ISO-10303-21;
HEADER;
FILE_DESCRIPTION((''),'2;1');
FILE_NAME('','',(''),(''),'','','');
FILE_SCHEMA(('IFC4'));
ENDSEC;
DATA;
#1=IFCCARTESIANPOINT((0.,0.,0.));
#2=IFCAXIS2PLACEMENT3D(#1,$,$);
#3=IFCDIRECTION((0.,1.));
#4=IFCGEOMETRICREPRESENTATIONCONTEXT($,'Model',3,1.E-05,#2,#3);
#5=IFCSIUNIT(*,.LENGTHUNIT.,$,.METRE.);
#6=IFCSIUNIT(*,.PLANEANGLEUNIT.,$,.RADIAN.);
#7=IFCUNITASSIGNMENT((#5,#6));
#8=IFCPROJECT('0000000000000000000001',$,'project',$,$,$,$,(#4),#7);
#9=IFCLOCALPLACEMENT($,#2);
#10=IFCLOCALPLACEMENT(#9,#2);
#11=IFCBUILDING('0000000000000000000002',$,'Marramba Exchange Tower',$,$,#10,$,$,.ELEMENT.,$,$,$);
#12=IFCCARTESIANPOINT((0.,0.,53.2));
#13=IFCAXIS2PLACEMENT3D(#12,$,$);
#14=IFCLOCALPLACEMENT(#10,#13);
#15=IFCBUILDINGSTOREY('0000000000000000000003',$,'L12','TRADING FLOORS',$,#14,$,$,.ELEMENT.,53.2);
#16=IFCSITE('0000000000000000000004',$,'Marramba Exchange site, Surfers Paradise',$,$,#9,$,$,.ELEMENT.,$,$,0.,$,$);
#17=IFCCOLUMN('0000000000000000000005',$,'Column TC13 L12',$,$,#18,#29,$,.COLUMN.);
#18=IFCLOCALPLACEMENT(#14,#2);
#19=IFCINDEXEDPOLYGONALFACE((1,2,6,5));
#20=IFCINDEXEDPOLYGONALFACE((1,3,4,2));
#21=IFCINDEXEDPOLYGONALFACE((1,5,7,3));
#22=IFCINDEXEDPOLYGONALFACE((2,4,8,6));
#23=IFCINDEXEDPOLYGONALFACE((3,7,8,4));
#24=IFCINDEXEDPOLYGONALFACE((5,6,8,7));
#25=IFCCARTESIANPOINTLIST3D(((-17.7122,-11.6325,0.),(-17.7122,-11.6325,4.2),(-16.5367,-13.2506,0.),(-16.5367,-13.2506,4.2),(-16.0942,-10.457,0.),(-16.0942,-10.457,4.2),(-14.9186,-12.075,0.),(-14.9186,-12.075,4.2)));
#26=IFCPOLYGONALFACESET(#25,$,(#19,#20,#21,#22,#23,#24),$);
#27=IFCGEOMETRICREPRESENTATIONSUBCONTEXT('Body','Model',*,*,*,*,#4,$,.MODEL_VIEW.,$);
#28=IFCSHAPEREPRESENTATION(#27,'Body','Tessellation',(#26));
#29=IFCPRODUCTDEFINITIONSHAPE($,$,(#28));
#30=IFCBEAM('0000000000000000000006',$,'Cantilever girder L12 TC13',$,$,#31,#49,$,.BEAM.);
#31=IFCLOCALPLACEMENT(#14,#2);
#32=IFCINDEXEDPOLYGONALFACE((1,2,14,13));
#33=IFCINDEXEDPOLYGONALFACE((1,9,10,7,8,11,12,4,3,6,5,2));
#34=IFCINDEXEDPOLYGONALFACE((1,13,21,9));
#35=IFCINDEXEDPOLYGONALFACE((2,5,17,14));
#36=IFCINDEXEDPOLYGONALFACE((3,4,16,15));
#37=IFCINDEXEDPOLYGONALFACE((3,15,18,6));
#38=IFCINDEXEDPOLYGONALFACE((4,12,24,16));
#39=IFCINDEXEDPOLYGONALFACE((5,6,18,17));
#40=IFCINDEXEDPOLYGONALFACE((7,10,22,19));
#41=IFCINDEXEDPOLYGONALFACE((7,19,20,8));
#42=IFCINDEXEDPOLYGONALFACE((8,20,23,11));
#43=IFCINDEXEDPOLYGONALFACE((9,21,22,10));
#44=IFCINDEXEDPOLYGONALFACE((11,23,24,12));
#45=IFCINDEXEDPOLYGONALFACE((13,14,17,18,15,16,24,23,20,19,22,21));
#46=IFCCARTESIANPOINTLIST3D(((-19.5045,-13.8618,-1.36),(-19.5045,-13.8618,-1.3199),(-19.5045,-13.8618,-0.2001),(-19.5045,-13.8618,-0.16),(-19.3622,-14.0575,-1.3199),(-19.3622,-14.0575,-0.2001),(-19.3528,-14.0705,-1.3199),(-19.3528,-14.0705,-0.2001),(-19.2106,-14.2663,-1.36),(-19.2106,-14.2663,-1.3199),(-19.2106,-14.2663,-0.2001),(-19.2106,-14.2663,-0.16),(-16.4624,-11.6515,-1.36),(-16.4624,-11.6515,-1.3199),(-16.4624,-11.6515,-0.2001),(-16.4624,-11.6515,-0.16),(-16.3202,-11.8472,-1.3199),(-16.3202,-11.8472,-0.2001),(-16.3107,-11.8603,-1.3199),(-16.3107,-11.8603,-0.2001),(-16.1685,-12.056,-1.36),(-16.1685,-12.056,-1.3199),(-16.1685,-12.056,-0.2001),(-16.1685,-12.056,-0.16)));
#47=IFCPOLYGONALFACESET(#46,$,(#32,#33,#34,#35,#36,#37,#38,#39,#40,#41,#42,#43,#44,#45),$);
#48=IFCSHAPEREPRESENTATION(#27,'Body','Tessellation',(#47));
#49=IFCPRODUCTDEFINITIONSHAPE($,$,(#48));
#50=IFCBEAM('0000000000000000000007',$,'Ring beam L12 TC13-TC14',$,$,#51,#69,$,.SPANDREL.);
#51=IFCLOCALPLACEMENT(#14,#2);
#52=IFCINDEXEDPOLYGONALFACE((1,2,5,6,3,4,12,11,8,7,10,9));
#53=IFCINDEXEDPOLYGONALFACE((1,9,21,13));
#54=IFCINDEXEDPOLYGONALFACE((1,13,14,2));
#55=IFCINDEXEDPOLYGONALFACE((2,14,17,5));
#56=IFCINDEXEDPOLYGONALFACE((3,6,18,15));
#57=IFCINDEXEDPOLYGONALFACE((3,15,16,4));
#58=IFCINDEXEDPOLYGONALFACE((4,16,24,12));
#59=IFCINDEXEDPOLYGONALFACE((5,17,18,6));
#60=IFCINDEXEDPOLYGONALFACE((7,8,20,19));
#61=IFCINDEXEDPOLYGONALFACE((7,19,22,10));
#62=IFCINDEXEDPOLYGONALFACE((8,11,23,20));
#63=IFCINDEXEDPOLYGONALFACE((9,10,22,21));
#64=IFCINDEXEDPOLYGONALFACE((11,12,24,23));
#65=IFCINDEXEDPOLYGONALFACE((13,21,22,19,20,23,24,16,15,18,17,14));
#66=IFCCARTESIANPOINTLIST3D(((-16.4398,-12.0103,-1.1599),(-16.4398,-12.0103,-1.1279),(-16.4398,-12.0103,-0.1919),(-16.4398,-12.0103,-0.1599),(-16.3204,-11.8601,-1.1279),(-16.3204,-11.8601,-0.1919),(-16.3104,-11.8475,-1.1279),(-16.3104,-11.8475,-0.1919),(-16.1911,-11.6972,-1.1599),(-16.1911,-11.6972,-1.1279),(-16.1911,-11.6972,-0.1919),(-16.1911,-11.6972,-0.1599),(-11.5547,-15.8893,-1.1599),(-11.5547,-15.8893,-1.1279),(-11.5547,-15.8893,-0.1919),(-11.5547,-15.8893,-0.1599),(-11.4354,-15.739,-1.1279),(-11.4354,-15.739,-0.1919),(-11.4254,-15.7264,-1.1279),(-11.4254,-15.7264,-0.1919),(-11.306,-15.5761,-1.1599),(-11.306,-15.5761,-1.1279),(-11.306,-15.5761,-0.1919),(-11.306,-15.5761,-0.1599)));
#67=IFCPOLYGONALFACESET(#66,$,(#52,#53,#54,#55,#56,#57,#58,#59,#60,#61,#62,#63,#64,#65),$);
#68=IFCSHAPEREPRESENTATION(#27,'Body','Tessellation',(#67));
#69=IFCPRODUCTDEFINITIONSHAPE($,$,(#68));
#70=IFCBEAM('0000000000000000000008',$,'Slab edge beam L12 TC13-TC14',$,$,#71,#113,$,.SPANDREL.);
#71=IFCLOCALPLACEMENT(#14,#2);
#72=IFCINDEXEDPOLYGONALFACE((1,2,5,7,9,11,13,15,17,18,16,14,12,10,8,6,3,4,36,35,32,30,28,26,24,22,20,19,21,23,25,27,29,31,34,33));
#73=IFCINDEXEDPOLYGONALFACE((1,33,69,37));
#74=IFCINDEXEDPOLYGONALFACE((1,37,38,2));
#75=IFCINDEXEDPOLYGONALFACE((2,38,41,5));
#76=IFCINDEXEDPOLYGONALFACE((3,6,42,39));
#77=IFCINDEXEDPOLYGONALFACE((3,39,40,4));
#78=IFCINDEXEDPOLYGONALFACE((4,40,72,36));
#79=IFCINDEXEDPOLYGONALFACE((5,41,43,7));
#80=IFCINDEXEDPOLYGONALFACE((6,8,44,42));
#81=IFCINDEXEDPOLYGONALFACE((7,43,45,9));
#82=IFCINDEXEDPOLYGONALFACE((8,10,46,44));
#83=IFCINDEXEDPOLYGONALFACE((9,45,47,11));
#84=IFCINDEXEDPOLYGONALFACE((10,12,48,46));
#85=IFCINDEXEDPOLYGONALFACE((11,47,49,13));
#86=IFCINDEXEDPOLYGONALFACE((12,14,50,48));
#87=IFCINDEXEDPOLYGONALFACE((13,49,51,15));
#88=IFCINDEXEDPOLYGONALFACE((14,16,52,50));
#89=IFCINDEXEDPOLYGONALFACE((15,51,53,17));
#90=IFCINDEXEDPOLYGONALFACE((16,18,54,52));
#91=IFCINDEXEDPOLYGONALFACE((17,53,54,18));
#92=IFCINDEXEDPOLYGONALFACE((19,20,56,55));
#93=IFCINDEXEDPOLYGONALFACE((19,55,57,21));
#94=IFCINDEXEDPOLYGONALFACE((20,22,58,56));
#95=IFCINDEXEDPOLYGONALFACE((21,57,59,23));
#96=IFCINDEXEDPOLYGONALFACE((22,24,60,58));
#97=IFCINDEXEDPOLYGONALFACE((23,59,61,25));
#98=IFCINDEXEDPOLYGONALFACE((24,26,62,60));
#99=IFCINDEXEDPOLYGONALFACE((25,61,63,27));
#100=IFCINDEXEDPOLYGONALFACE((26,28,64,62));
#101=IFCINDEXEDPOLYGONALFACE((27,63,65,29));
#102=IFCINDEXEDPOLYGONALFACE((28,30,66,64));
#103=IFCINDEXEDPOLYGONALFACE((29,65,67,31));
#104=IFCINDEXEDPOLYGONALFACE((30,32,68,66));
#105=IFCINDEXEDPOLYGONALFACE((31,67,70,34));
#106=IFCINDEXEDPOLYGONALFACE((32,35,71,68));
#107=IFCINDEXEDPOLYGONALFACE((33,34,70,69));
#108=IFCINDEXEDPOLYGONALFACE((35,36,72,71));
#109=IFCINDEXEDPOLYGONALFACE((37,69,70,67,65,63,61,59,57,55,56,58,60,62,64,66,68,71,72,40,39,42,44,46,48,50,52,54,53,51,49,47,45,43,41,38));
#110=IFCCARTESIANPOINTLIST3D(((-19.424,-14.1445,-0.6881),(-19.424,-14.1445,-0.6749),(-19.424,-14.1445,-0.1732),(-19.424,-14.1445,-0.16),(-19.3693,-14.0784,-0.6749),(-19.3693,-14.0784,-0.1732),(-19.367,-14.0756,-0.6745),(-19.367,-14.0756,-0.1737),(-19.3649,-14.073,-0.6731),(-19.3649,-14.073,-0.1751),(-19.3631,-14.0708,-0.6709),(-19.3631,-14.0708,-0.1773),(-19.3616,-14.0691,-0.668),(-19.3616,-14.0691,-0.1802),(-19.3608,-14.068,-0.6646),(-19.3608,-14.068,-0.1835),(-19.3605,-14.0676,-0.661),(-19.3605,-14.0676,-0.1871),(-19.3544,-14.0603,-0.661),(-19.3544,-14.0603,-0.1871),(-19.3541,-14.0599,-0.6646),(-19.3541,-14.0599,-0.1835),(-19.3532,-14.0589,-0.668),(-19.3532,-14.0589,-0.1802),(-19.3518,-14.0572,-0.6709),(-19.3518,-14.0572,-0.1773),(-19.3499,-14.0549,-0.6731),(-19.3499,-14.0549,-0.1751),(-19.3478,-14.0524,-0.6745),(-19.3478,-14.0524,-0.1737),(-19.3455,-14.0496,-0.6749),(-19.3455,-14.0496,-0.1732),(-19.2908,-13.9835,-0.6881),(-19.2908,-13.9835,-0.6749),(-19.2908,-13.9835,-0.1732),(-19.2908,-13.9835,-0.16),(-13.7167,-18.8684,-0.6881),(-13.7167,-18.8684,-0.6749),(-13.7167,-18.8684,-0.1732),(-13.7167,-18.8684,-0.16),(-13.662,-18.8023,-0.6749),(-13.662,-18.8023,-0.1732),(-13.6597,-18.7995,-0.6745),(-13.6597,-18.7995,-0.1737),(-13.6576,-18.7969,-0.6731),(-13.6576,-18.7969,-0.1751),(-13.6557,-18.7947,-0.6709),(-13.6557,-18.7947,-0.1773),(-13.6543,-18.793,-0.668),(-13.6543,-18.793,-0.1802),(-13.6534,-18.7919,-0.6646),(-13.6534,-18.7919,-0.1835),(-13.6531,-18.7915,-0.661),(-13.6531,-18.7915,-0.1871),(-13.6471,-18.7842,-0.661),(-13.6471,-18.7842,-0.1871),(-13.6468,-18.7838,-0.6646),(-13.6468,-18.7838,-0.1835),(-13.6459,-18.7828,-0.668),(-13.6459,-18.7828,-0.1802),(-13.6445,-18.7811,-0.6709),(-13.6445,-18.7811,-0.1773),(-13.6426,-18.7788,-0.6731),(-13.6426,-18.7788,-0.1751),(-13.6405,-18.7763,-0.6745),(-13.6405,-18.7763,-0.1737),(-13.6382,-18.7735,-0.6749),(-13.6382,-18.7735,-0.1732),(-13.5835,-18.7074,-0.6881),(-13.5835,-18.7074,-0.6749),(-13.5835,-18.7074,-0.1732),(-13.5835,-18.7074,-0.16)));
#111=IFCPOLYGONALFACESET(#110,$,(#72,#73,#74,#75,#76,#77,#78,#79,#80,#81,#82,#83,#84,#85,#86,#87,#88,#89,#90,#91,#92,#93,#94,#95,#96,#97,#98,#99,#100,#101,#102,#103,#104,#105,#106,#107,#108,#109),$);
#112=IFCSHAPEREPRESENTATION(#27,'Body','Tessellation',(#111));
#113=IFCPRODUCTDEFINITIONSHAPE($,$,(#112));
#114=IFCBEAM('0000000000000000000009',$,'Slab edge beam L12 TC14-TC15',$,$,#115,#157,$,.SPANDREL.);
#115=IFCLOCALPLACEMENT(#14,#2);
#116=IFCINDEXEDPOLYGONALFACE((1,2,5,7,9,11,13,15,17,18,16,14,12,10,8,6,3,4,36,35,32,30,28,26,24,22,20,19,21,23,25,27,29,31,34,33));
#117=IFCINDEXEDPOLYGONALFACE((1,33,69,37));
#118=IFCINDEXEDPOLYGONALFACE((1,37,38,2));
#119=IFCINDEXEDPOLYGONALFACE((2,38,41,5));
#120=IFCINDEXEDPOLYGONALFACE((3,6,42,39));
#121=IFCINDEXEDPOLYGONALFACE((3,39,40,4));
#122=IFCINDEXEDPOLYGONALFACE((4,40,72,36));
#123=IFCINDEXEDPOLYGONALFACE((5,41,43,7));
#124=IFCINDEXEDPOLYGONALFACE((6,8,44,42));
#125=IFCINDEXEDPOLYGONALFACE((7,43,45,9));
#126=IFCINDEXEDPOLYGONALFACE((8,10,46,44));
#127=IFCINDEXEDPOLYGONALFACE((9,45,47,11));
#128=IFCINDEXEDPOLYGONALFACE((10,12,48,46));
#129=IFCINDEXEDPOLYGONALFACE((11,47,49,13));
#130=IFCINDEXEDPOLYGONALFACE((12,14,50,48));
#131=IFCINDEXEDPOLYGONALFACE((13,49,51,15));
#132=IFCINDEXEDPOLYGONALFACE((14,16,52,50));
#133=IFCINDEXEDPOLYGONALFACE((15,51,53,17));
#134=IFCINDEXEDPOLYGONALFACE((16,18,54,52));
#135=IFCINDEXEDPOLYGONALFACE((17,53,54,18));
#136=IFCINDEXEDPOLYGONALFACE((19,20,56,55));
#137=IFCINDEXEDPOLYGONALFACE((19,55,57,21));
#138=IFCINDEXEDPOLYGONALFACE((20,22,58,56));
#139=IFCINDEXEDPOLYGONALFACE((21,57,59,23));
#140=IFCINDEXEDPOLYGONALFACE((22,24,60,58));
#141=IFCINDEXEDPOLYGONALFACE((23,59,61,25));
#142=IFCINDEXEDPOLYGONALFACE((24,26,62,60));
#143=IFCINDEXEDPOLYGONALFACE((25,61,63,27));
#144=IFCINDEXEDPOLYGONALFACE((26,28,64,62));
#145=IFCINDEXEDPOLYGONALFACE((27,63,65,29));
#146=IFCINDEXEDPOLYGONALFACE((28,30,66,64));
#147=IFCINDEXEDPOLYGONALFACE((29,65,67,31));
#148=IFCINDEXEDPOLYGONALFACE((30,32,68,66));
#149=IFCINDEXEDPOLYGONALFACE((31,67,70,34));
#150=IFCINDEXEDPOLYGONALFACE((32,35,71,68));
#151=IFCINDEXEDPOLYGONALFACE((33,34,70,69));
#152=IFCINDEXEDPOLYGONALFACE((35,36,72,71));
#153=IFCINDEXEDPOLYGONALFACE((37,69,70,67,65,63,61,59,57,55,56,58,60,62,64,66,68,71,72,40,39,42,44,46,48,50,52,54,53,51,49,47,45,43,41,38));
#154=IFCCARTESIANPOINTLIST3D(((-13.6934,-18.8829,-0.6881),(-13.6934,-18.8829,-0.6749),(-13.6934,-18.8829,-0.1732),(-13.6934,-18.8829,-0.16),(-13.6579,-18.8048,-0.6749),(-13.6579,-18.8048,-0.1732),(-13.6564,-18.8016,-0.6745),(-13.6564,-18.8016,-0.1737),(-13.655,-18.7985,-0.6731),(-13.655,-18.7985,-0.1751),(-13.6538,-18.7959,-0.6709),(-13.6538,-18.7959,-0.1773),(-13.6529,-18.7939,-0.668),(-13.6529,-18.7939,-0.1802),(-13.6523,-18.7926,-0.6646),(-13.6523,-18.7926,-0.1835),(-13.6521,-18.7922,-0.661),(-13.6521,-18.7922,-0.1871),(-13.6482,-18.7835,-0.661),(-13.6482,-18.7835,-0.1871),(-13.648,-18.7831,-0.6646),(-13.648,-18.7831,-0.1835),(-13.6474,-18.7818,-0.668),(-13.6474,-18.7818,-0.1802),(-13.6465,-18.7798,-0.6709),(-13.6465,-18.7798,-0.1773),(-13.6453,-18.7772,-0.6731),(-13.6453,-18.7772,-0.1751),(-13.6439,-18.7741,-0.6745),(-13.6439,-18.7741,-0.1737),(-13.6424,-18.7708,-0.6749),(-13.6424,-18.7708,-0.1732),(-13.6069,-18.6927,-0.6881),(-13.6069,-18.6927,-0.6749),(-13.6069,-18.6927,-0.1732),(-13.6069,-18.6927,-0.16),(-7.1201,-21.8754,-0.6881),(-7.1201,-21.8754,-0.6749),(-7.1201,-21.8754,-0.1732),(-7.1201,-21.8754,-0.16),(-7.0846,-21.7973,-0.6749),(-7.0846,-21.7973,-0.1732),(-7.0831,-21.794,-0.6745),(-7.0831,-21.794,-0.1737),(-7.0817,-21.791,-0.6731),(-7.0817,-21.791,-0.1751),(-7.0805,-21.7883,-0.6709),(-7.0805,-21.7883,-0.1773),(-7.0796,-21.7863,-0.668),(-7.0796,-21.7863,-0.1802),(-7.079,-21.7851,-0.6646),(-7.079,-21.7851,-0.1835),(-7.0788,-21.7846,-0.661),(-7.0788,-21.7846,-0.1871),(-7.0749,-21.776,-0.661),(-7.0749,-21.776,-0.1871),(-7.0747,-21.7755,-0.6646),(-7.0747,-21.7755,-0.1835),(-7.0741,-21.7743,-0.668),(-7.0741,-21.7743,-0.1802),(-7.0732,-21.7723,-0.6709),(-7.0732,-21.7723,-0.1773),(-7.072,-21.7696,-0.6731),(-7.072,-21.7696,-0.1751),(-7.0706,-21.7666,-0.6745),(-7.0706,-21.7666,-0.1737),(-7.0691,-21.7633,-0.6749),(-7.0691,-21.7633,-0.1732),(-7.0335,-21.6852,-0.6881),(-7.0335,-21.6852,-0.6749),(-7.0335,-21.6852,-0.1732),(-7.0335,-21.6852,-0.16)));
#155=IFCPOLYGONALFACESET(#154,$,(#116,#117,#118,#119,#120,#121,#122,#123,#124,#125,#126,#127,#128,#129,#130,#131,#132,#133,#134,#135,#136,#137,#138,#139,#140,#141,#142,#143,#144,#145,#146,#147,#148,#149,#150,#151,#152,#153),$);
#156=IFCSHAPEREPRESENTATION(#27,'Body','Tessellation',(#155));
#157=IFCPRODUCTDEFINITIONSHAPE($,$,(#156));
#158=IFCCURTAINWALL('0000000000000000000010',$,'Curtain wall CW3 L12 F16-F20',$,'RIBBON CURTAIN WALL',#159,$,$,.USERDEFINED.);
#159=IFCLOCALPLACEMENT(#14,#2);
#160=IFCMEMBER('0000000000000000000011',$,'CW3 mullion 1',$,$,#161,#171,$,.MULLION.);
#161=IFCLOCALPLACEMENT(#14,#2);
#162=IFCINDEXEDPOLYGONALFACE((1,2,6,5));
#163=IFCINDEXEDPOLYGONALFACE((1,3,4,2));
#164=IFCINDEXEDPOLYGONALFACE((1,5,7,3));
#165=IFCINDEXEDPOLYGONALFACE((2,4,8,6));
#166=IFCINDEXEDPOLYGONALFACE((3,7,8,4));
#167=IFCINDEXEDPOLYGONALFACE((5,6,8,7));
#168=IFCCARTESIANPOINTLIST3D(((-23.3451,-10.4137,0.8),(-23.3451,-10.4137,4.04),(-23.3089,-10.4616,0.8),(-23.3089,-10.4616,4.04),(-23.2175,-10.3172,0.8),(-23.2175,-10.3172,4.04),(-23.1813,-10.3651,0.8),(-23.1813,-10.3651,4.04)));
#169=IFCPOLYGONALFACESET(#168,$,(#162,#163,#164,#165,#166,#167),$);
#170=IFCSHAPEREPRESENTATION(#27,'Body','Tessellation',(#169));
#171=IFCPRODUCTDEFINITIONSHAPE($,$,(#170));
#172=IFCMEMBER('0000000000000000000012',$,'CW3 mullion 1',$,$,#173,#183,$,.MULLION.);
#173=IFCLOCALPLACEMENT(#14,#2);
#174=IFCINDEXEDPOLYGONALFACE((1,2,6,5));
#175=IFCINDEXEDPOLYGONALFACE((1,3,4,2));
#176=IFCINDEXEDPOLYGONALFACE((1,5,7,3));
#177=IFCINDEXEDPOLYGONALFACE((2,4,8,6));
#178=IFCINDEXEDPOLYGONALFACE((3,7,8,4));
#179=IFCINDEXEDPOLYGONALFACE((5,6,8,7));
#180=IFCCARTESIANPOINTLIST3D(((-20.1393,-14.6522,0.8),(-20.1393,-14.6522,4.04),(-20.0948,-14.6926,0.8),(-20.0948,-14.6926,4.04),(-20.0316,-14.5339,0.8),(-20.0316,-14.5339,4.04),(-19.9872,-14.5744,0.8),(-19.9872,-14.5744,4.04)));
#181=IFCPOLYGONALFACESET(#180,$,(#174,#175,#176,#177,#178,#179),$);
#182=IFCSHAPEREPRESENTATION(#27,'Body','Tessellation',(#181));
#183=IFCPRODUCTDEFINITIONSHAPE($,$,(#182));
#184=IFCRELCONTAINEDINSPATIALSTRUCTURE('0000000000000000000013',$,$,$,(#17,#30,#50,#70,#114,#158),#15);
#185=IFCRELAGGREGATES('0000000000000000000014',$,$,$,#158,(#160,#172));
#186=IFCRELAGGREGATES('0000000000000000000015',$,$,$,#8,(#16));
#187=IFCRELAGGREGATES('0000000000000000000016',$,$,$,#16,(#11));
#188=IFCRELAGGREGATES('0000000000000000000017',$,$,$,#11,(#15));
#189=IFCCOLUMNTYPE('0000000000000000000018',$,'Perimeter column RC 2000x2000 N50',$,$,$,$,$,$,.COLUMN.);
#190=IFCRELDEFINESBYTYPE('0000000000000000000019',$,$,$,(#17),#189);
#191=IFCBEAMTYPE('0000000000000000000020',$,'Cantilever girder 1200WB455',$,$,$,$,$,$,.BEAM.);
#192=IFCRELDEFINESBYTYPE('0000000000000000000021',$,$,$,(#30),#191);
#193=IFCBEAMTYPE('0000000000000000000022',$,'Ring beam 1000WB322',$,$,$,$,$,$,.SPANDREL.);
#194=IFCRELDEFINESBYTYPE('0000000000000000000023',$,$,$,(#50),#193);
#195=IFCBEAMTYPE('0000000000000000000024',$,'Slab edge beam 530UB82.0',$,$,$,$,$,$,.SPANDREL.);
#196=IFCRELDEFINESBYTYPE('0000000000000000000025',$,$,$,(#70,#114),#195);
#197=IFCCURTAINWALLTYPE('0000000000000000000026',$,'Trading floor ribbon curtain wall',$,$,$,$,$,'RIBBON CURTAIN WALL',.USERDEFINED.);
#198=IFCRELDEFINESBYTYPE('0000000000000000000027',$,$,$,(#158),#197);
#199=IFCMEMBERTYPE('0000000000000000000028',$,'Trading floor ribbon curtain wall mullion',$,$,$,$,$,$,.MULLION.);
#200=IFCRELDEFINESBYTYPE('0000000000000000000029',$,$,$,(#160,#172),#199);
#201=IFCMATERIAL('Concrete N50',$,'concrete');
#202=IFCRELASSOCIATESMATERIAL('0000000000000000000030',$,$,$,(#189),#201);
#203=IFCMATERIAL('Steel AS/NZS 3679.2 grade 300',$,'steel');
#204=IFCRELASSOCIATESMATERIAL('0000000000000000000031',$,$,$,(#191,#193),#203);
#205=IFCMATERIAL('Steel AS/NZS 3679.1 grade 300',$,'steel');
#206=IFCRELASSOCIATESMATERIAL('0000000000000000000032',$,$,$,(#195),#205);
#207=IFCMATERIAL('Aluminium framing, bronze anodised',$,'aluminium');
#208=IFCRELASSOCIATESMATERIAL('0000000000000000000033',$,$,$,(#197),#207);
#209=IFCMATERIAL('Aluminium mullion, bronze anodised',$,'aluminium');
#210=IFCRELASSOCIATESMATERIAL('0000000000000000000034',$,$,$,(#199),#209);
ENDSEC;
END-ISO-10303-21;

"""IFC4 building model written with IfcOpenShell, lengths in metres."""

from ifc_helpers import new_model, si_unit, direction, frame, origin, origin_2d, place, context, subcontext, project, spatial, rectangle, i_section, extrude, material, material_profile, profile_set, type_object, element, aggregate, save


model = new_model("IFC4")

# Units and contexts
model_context = context("Model", 3, precision=1e-05, world=origin(), true_north=direction((0.0, 1.0)))
body_context = subcontext(model_context, "Body", "Model", "MODEL_VIEW")
ifc_project = project(units=[si_unit("LENGTHUNIT", "METRE"), si_unit("PLANEANGLEUNIT", "RADIAN")], contexts=[model_context])

# Site, building, storey
site_placement = place(None, origin())
site = spatial("IfcSite", under=ifc_project, at=site_placement, Name="Marramba Exchange site, Surfers Paradise", CompositionType="ELEMENT", RefElevation=0.0)
building_placement = place(site_placement, origin())
building = spatial("IfcBuilding", under=site, at=building_placement, Name="Marramba Exchange Tower", CompositionType="ELEMENT")
storey_placement = place(building_placement, frame((0.0, 0.0, 53.2)))
storey = spatial("IfcBuildingStorey", under=building, at=storey_placement, Name="L12", Description="TRADING FLOORS", CompositionType="ELEMENT", Elevation=53.2)

# Column
ifc_material_1 = material(Name="Concrete N50", Category="concrete")
ifc_material_profile_1 = material_profile(ifc_material_1, rectangle(XDim=2.0, YDim=2.0, at=origin_2d()), Name="RC 2000x2000")
ifc_profile_set_1 = profile_set([ifc_material_profile_1], Name="Concrete N50")
column_type = type_object("IfcColumnType", Name="Perimeter column RC 2000x2000 N50", PredefinedType="COLUMN", material=ifc_profile_set_1)
column_placement = place(storey_placement, frame((-16.3154, -11.8538, 0.0), z_axis=(0.0, 0.0, 1.0), x_axis=(-0.809017, -0.587785, 0.0)))
element("IfcColumn", 1, at=column_placement, inside=storey, type_object=column_type, Name="Column TC13 L12", PredefinedType="COLUMN", context=body_context, shape_type="SweptSolid", body=[
    extrude(rectangle(XDim=2.0, YDim=2.0, at=origin_2d()), origin(), (0.0, 0.0, 1.0), 4.2),
])

# Beams
ifc_material_2 = material(Name="Steel AS/NZS 3679.2 grade 300", Category="steel")
ifc_material_profile_2 = material_profile(ifc_material_2, i_section(OverallWidth=0.5, OverallDepth=1.2, WebThickness=0.0161, FlangeThickness=0.04, at=origin_2d()), Name="1200WB455")
ifc_profile_set_2 = profile_set([ifc_material_profile_2], Name="Steel AS/NZS 3679.2 grade 300")
beam_type_1 = type_object("IfcBeamType", Name="Cantilever girder 1200WB455", PredefinedType="BEAM", material=ifc_profile_set_2)
beam_1_placement = place(storey_placement, frame((-16.3154, -11.8538, -0.76), z_axis=(-0.809008, -0.587797, 0.0), x_axis=(0.587797, -0.809008, 0.0)))
element("IfcBeam", 2, at=beam_1_placement, inside=storey, type_object=beam_type_1, Name="Cantilever girder L12 TC13", PredefinedType="BEAM", context=body_context, shape_type="SweptSolid", body=[
    extrude(i_section(OverallWidth=0.5, OverallDepth=1.2, WebThickness=0.0161, FlangeThickness=0.04, at=origin_2d()), origin(), (0.0, 0.0, 1.0), 3.7603),
])
ifc_material_profile_3 = material_profile(ifc_material_2, i_section(OverallWidth=0.3999, OverallDepth=1.0, WebThickness=0.0161, FlangeThickness=0.032, at=origin_2d()), Name="1000WB322")
ifc_profile_set_3 = profile_set([ifc_material_profile_3], Name="Steel AS/NZS 3679.2 grade 300")
beam_type_2 = type_object("IfcBeamType", Name="Ring beam 1000WB322", PredefinedType="SPANDREL", material=ifc_profile_set_3)
beam_2_placement = place(storey_placement, frame((-16.3154, -11.8538, -0.6599), z_axis=(0.783139, -0.621846, 0.0), x_axis=(0.621846, 0.783139, 0.0)))
element("IfcBeam", 3, at=beam_2_placement, inside=storey, type_object=beam_type_2, Name="Ring beam L12 TC13-TC14", PredefinedType="SPANDREL", context=body_context, shape_type="SweptSolid", body=[
    extrude(i_section(OverallWidth=0.3999, OverallDepth=1.0, WebThickness=0.0161, FlangeThickness=0.032, at=origin_2d()), origin(), (0.0, 0.0, 1.0), 6.2378),
])
ifc_material_3 = material(Name="Steel AS/NZS 3679.1 grade 300", Category="steel")
ifc_material_profile_4 = material_profile(ifc_material_3, i_section(OverallWidth=0.209, OverallDepth=0.5281, WebThickness=0.0095, FlangeThickness=0.0132, FilletRadius=0.0139, at=origin_2d()), Name="530UB82.0")
ifc_profile_set_4 = profile_set([ifc_material_profile_4], Name="Steel AS/NZS 3679.1 grade 300")
beam_type_3 = type_object("IfcBeamType", Name="Slab edge beam 530UB82.0", PredefinedType="SPANDREL", material=ifc_profile_set_4)
beam_3_placement = place(storey_placement, frame((-19.3574, -14.064, -0.4241), z_axis=(0.770354, -0.637617, 0.0), x_axis=(0.637617, 0.770354, 0.0)))
element("IfcBeam", 4, at=beam_3_placement, inside=storey, type_object=beam_type_3, Name="Slab edge beam L12 TC13-TC14", PredefinedType="SPANDREL", context=body_context, shape_type="SweptSolid", body=[
    extrude(i_section(OverallWidth=0.209, OverallDepth=0.5281, WebThickness=0.0095, FlangeThickness=0.0132, FilletRadius=0.0139, at=origin_2d()), origin(), (0.0, 0.0, 1.0), 7.4087),
])
beam_4_placement = place(storey_placement, frame((-13.6501, -18.7878, -0.4241), z_axis=(0.910127, -0.41433, 0.0), x_axis=(0.41433, 0.910127, 0.0)))
element("IfcBeam", 5, at=beam_4_placement, inside=storey, type_object=beam_type_3, Name="Slab edge beam L12 TC14-TC15", PredefinedType="SPANDREL", context=body_context, shape_type="SweptSolid", body=[
    extrude(i_section(OverallWidth=0.209, OverallDepth=0.5281, WebThickness=0.0095, FlangeThickness=0.0132, FilletRadius=0.0139, at=origin_2d()), origin(), (0.0, 0.0, 1.0), 7.2224),
])

# Curtain wall, members
ifc_material_4 = material(Name="Aluminium framing, bronze anodised", Category="aluminium")
curtain_wall_type = type_object("IfcCurtainWallType", Name="Trading floor ribbon curtain wall", ElementType="RIBBON CURTAIN WALL", PredefinedType="USERDEFINED", material=ifc_material_4)
curtain_wall_placement = place(storey_placement, origin())
curtain_wall = element("IfcCurtainWall", 6, at=curtain_wall_placement, inside=storey, type_object=curtain_wall_type, Name="Curtain wall CW3 L12 F16-F20", ObjectType="RIBBON CURTAIN WALL", PredefinedType="USERDEFINED")
ifc_material_5 = material(Name="Aluminium mullion, bronze anodised", Category="aluminium")
ifc_material_profile_5 = material_profile(ifc_material_5, rectangle(XDim=0.1599, YDim=0.0601, at=origin_2d()), Name="CW3 mullion 60x160")
ifc_profile_set_5 = profile_set([ifc_material_profile_5], Name="Aluminium mullion, bronze anodised")
member_type_1 = type_object("IfcMemberType", Name="Trading floor ribbon curtain wall mullion", PredefinedType="MULLION", material=ifc_profile_set_5)
member_1_placement = place(storey_placement, frame((-23.2632, -10.3894, 0.8), z_axis=(0.0, 0.0, 1.0), x_axis=(0.797711, 0.60304, 0.0)))
member_1 = element("IfcMember", 7, at=member_1_placement, type_object=member_type_1, Name="CW3 mullion 1", PredefinedType="MULLION", context=body_context, shape_type="SweptSolid", body=[
    extrude(rectangle(XDim=0.1599, YDim=0.0601, at=origin_2d()), origin(), (0.0, 0.0, 1.0), 3.24),
])
member_2_placement = place(storey_placement, frame((-20.0632, -14.6133, 0.8), z_axis=(0.0, 0.0, 1.0), x_axis=(0.673058, 0.73959, 0.0)))
member_2 = element("IfcMember", 8, at=member_2_placement, type_object=member_type_1, Name="CW3 mullion 1", PredefinedType="MULLION", context=body_context, shape_type="SweptSolid", body=[
    extrude(rectangle(XDim=0.1599, YDim=0.0601, at=origin_2d()), origin(), (0.0, 0.0, 1.0), 3.24),
])
aggregate(curtain_wall, [member_1, member_2])

save(model, "model.ifc")
